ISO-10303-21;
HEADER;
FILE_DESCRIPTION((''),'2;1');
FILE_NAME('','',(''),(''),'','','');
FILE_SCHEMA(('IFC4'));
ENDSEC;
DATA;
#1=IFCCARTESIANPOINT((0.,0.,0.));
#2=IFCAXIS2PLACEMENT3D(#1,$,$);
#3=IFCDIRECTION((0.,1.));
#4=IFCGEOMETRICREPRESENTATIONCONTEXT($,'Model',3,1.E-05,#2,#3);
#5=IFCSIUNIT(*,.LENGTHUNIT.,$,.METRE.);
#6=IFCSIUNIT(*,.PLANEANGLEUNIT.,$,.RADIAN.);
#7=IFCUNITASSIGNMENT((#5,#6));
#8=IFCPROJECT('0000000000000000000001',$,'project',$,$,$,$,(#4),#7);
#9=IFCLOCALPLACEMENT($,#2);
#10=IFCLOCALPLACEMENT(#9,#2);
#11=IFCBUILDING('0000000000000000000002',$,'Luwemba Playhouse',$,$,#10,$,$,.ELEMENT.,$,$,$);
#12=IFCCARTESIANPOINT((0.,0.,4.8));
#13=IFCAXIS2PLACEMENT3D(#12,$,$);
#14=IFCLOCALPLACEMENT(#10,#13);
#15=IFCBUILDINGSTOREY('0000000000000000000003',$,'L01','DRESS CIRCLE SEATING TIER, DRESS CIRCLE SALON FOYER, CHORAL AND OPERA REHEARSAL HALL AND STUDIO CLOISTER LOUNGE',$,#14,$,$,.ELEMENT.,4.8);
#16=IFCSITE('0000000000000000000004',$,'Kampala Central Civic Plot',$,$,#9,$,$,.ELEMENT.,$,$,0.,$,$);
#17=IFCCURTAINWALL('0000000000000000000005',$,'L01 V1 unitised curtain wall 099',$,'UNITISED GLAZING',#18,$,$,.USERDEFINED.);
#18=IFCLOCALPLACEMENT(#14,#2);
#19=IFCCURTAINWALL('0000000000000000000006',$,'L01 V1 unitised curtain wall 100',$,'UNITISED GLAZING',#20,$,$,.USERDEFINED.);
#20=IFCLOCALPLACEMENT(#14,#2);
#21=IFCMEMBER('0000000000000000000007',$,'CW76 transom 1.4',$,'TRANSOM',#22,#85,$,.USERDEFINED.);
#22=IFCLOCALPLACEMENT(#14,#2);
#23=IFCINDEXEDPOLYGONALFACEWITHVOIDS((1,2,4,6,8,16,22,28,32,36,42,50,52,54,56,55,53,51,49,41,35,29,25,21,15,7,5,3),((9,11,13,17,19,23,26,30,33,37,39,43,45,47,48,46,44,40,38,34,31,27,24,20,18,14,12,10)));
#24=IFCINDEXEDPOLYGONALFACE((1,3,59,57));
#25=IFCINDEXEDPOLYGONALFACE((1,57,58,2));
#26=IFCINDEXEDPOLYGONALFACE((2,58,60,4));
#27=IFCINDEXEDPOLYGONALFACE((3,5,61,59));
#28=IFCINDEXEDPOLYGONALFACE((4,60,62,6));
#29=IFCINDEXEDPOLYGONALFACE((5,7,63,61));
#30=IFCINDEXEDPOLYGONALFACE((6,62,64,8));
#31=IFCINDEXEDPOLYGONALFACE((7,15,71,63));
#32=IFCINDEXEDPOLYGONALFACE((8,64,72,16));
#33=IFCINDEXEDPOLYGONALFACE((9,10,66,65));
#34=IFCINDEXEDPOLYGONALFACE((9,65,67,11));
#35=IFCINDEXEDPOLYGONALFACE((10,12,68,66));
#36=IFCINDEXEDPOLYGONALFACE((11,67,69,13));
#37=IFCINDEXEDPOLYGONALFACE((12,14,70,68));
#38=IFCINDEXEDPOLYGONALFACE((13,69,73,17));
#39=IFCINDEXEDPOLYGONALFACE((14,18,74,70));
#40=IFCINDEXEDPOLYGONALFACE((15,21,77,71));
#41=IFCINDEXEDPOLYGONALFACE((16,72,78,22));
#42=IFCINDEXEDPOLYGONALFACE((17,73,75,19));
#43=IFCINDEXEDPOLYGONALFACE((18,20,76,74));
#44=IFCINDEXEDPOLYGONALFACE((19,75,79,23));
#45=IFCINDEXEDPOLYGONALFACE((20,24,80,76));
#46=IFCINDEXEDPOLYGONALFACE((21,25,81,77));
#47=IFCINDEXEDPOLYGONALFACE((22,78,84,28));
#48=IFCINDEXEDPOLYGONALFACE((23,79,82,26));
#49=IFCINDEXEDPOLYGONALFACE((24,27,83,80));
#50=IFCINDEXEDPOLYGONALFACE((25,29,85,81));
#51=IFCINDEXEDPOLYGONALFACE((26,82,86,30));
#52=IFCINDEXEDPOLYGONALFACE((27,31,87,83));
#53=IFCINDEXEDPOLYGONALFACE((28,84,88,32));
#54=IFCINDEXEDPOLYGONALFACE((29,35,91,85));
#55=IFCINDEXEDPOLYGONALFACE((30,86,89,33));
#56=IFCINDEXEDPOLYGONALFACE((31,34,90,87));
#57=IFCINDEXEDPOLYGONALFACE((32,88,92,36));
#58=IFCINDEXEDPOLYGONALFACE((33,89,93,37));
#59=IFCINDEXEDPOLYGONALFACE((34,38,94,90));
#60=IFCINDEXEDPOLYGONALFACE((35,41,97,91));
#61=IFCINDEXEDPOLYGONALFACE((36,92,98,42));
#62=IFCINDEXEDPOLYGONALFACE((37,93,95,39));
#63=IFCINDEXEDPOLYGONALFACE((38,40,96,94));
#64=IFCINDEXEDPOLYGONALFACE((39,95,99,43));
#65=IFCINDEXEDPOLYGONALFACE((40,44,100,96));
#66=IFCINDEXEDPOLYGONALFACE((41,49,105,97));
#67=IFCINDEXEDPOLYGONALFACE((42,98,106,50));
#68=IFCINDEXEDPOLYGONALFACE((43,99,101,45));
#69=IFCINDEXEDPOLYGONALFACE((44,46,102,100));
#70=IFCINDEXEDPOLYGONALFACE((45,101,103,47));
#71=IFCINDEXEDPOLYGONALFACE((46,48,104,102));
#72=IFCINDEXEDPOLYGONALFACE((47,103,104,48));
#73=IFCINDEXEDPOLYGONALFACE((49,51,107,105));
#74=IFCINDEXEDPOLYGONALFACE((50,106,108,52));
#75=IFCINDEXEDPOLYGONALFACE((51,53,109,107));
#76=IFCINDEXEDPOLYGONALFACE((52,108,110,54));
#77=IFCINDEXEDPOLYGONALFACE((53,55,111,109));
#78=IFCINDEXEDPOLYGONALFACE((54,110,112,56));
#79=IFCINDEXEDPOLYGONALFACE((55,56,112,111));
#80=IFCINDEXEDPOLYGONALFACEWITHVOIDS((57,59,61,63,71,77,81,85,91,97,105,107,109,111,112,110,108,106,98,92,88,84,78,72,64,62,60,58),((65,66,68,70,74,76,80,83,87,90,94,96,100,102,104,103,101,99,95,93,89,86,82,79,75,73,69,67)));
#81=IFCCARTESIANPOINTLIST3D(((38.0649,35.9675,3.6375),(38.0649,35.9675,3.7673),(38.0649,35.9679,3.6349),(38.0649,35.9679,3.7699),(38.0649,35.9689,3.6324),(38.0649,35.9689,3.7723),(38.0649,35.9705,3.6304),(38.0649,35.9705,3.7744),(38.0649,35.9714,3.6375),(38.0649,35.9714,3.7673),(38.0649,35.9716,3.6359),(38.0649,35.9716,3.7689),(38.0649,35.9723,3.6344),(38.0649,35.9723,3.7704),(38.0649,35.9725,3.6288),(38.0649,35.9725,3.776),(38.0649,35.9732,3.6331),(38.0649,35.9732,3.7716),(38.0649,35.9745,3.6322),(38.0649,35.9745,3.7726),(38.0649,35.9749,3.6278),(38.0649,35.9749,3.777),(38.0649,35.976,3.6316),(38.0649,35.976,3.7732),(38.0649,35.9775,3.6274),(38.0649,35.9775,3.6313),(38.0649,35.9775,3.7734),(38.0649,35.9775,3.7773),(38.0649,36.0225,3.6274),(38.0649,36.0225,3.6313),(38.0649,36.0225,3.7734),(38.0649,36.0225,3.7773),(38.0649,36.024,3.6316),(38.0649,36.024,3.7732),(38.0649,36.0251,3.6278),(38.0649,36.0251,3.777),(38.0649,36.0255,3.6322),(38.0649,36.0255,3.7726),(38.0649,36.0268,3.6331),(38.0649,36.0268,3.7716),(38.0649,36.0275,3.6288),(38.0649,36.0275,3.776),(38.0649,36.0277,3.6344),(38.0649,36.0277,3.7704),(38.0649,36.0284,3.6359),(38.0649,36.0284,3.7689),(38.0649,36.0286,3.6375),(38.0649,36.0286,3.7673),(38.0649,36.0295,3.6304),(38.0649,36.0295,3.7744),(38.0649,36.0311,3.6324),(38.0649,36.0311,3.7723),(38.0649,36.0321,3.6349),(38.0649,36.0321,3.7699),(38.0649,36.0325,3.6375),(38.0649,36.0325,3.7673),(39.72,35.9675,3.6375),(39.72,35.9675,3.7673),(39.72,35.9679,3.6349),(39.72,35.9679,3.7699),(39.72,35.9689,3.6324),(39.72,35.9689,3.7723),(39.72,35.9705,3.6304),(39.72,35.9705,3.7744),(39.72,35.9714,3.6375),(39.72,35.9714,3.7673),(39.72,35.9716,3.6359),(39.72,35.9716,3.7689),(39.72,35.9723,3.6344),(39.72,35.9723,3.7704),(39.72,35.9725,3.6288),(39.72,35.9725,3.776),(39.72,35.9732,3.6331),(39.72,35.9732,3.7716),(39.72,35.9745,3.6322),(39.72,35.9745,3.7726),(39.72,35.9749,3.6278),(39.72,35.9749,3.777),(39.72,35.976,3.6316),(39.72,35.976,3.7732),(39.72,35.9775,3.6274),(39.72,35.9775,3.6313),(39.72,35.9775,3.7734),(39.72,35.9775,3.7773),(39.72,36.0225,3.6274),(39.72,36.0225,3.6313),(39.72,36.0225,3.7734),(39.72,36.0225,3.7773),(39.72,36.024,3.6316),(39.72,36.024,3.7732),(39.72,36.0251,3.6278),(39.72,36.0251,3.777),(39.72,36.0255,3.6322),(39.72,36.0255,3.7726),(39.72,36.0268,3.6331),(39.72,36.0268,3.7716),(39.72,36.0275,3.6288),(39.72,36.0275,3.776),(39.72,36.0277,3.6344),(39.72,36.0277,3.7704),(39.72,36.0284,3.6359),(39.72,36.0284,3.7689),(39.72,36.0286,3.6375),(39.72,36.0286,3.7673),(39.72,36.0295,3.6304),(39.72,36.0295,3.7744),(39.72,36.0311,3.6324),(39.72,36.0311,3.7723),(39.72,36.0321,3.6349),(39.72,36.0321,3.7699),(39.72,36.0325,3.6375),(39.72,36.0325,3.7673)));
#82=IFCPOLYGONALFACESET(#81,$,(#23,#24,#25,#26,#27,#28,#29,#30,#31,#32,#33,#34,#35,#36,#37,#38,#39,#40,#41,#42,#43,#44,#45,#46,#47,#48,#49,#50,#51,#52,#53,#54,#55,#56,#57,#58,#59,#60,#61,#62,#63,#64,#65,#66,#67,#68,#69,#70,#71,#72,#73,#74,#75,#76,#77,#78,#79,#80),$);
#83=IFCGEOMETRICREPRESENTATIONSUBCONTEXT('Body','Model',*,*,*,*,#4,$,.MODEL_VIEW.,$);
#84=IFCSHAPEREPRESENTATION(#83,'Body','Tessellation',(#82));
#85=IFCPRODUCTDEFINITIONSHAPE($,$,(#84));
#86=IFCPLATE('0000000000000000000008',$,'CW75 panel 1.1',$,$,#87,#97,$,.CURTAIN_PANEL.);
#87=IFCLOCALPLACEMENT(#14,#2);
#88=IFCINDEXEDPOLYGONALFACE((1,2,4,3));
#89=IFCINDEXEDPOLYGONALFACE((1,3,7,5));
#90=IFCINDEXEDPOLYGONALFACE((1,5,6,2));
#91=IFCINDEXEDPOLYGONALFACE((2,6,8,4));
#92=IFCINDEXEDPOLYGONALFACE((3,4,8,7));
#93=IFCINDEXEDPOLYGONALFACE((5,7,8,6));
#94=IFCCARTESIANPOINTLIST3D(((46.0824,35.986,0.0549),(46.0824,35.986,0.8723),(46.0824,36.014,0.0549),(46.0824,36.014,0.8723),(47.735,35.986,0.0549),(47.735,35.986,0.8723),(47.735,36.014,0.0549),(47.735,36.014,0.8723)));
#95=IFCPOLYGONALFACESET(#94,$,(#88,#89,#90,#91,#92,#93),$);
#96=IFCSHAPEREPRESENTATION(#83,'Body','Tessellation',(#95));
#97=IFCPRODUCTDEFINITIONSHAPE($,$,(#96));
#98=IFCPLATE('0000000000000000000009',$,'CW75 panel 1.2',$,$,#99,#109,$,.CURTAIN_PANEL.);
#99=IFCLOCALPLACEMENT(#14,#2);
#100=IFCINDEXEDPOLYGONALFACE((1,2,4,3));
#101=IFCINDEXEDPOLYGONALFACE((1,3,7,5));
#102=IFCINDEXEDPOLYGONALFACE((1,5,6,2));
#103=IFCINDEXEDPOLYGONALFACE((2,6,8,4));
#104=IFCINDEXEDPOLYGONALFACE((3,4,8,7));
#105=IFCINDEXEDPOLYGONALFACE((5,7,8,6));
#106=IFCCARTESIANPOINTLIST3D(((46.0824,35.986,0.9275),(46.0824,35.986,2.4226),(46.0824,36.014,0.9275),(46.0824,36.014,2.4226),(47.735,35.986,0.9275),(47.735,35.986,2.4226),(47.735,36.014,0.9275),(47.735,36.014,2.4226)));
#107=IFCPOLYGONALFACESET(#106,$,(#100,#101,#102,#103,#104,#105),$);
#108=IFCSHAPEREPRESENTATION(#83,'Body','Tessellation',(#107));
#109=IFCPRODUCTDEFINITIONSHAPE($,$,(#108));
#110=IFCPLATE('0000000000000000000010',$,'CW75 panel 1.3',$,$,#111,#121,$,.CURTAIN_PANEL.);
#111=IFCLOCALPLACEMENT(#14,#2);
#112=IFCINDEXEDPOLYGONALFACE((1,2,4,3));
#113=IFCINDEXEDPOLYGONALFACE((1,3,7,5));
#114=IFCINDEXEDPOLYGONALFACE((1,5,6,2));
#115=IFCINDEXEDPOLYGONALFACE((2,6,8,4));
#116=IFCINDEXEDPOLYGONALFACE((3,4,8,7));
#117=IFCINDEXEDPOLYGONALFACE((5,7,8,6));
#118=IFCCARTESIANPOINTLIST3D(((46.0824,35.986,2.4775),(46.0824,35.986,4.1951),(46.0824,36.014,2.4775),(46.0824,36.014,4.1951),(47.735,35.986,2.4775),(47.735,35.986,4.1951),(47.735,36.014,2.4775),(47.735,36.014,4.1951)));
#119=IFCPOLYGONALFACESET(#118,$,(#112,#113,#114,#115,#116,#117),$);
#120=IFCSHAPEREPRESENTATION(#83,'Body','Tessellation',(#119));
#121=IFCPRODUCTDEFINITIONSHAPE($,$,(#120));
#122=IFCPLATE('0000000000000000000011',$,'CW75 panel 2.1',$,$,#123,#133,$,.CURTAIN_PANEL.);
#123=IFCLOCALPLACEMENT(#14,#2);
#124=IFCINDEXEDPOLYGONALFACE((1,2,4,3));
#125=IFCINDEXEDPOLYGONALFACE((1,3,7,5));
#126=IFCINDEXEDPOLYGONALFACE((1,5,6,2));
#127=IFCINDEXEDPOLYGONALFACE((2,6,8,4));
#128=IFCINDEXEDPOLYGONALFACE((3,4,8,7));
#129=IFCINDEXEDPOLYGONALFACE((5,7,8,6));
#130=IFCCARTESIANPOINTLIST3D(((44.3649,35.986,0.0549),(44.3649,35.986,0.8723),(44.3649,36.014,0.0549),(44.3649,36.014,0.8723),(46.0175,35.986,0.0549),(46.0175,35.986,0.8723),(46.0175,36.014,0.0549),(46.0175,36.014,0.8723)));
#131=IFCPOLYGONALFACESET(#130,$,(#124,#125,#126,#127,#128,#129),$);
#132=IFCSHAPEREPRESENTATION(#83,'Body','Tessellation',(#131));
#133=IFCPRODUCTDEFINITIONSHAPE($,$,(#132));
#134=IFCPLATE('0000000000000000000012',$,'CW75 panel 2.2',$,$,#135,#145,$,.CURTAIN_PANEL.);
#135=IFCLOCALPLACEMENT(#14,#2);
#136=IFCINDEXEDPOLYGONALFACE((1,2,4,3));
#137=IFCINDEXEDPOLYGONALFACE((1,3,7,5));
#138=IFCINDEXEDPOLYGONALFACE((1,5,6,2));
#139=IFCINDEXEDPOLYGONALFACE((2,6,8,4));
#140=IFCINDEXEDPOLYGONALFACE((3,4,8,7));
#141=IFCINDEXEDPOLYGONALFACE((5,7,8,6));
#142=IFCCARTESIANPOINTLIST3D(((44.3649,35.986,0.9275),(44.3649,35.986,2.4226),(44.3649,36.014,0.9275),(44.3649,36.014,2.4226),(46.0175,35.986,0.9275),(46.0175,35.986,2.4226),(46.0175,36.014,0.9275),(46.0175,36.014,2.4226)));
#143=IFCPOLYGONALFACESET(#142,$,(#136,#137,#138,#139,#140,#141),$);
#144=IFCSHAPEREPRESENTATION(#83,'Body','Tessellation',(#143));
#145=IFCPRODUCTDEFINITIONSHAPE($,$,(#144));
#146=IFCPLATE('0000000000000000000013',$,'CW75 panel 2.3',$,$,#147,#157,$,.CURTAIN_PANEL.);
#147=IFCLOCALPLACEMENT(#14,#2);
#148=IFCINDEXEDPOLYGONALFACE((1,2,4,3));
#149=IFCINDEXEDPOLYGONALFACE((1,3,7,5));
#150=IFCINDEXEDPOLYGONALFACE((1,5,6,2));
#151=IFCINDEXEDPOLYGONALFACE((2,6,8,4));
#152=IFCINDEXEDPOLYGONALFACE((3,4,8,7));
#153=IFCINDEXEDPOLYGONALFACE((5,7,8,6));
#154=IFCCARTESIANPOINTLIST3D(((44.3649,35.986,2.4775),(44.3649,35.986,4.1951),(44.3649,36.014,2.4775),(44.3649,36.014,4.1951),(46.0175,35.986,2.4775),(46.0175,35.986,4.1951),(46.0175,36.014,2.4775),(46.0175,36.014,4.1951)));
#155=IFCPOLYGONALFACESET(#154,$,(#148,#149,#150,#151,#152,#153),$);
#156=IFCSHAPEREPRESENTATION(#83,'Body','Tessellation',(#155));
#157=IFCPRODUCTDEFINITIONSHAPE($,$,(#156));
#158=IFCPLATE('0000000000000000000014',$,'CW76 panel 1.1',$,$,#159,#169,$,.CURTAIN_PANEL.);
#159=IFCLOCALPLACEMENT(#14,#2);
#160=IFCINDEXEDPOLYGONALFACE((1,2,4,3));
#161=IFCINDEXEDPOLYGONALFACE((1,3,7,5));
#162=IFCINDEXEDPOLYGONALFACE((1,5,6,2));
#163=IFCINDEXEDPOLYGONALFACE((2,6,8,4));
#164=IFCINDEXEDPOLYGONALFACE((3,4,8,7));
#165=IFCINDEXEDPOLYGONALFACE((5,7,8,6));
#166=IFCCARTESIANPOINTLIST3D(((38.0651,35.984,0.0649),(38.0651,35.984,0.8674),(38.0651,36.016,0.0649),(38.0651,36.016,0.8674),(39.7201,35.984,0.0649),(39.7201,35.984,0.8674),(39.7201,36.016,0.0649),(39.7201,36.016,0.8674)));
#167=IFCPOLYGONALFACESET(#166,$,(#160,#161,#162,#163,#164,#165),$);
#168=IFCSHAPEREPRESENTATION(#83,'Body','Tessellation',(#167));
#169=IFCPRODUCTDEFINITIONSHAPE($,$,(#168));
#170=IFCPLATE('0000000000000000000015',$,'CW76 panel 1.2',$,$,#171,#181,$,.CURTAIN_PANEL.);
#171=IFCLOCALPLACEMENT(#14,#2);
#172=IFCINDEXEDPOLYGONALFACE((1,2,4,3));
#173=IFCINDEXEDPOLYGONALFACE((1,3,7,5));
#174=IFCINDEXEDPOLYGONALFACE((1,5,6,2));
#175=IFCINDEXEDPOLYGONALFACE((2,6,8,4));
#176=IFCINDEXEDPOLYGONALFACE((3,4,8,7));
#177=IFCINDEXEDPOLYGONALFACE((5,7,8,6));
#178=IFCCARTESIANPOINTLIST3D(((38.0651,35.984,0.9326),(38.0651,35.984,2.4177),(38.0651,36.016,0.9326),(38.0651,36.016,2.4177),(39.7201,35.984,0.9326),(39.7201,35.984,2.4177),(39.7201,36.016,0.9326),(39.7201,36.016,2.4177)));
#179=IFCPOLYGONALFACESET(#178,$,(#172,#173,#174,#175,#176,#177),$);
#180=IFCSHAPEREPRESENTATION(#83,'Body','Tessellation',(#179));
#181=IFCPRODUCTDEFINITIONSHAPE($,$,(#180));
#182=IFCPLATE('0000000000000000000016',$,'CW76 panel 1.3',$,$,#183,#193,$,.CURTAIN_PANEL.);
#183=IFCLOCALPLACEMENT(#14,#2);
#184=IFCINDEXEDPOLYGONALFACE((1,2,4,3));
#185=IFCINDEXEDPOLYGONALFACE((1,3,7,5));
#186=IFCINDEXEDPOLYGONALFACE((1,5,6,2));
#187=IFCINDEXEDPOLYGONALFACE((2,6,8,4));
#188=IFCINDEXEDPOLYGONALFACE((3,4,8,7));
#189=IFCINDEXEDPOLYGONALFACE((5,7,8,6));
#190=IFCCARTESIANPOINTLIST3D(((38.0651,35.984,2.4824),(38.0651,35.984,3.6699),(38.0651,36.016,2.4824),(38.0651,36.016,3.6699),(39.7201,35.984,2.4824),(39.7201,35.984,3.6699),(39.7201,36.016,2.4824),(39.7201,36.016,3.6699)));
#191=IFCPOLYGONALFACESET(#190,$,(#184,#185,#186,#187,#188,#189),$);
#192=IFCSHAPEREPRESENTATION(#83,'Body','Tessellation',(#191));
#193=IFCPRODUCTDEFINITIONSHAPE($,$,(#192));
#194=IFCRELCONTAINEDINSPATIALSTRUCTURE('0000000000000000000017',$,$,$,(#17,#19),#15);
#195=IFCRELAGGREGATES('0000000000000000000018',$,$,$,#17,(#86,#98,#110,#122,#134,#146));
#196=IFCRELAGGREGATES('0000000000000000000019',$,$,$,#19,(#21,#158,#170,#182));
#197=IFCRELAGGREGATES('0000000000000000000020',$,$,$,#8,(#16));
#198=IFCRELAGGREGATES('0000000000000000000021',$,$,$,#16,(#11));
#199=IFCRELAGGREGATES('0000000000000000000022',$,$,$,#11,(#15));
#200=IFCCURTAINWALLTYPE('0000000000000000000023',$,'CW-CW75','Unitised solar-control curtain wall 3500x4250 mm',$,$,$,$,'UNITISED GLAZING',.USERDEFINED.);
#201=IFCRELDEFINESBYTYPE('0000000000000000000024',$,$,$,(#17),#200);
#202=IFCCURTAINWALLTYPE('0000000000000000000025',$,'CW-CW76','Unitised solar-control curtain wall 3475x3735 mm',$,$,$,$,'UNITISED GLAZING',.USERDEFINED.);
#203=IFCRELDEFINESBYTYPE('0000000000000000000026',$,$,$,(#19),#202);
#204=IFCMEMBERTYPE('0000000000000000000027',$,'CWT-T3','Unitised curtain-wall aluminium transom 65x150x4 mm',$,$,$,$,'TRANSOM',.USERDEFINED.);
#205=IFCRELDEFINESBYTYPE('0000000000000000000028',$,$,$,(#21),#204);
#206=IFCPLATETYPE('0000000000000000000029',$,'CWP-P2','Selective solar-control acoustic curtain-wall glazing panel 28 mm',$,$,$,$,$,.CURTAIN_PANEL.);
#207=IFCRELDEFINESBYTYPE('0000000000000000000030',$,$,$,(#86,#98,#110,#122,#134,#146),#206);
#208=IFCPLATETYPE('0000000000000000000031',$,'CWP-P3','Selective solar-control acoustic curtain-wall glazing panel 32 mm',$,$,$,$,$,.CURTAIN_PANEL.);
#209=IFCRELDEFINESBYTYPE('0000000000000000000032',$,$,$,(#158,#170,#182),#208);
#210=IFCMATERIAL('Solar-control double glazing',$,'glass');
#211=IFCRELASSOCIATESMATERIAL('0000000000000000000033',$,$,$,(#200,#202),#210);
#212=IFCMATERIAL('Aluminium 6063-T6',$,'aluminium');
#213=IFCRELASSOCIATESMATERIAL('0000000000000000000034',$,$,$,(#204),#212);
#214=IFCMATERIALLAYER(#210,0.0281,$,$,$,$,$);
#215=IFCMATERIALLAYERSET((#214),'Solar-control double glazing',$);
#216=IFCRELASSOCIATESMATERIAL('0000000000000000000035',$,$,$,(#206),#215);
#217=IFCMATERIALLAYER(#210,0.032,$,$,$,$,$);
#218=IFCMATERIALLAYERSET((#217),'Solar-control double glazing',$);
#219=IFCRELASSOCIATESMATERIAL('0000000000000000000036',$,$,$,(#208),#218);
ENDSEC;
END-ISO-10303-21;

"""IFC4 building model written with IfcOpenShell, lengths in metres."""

from ifc_helpers import new_model, si_unit, direction, frame, origin, origin_2d, place, context, subcontext, project, spatial, rectangle, hollow_rectangle, extrude, material, layer, layer_set, material_profile, profile_set, type_object, element, aggregate, save


model = new_model("IFC4")

# Units and contexts
model_context = context("Model", 3, precision=1e-05, world=origin(), true_north=direction((0.0, 1.0)))
body_context = subcontext(model_context, "Body", "Model", "MODEL_VIEW")
ifc_project = project(units=[si_unit("LENGTHUNIT", "METRE"), si_unit("PLANEANGLEUNIT", "RADIAN")], contexts=[model_context])

# Site, building, storey
site_placement = place(None, origin())
site = spatial("IfcSite", under=ifc_project, at=site_placement, Name="Kampala Central Civic Plot", CompositionType="ELEMENT", RefElevation=0.0)
building_placement = place(site_placement, origin())
building = spatial("IfcBuilding", under=site, at=building_placement, Name="Luwemba Playhouse", CompositionType="ELEMENT")
storey_placement = place(building_placement, frame((0.0, 0.0, 4.8)))
storey = spatial("IfcBuildingStorey", under=building, at=storey_placement, Name="L01", Description="DRESS CIRCLE SEATING TIER, DRESS CIRCLE SALON FOYER, CHORAL AND OPERA REHEARSAL HALL AND STUDIO CLOISTER LOUNGE", CompositionType="ELEMENT", Elevation=4.8)

# Curtain wall
ifc_material_1 = material(Name="Solar-control double glazing", Category="glass")
curtain_wall_type_1 = type_object("IfcCurtainWallType", Name="CW-CW75", Description="Unitised solar-control curtain wall 3500x4250 mm", ElementType="UNITISED GLAZING", PredefinedType="USERDEFINED", material=ifc_material_1)
curtain_wall_1_placement = place(storey_placement, origin())
curtain_wall_1 = element("IfcCurtainWall", 1, at=curtain_wall_1_placement, inside=storey, type_object=curtain_wall_type_1, Name="L01 V1 unitised curtain wall 099", ObjectType="UNITISED GLAZING", PredefinedType="USERDEFINED")
ifc_material_2 = material(Name="Aluminium 6063-T6", Category="aluminium")

# Curtain wall
curtain_wall_type_2 = type_object("IfcCurtainWallType", Name="CW-CW76", Description="Unitised solar-control curtain wall 3475x3735 mm", ElementType="UNITISED GLAZING", PredefinedType="USERDEFINED", material=ifc_material_1)
curtain_wall_2_placement = place(storey_placement, origin())
curtain_wall_2 = element("IfcCurtainWall", 2, at=curtain_wall_2_placement, inside=storey, type_object=curtain_wall_type_2, Name="L01 V1 unitised curtain wall 100", ObjectType="UNITISED GLAZING", PredefinedType="USERDEFINED")

# Member
ifc_material_profile_1 = material_profile(ifc_material_2, hollow_rectangle(XDim=0.0649, YDim=0.1499, WallThickness=0.0039, InnerFilletRadius=0.0061, OuterFilletRadius=0.01, at=origin_2d()))
ifc_profile_set_1 = profile_set([ifc_material_profile_1], Name="Aluminium 6063-T6")
member_type_1 = type_object("IfcMemberType", Name="CWT-T3", Description="Unitised curtain-wall aluminium transom 65x150x4 mm", ElementType="TRANSOM", PredefinedType="USERDEFINED", material=ifc_profile_set_1)
member_1_placement = place(storey_placement, frame((39.72, 36.0, 3.7024), z_axis=(-1.0, 0.0, 0.0), x_axis=(0.0, -1.0, 0.0)))
member_1 = element("IfcMember", 3, at=member_1_placement, type_object=member_type_1, Name="CW76 transom 1.4", ObjectType="TRANSOM", PredefinedType="USERDEFINED", context=body_context, shape_type="SweptSolid", body=[
    extrude(hollow_rectangle(XDim=0.0649, YDim=0.1499, WallThickness=0.0039, InnerFilletRadius=0.0061, OuterFilletRadius=0.01, at=origin_2d()), origin(), (0.0, 0.0, 1.0), 1.655),
])

# Plates
ifc_layer_1 = layer(ifc_material_1, 0.0281)
ifc_layer_set_1 = layer_set([ifc_layer_1], Name="Solar-control double glazing")
plate_type_1 = type_object("IfcPlateType", Name="CWP-P2", Description="Selective solar-control acoustic curtain-wall glazing panel 28 mm", PredefinedType="CURTAIN_PANEL", material=ifc_layer_set_1)
plate_1_placement = place(storey_placement, frame((46.9087, 36.0, 0.0549), z_axis=(0.0, 0.0, 1.0), x_axis=(-1.0, 0.0, 0.0)))
plate_1 = element("IfcPlate", 4, at=plate_1_placement, type_object=plate_type_1, Name="CW75 panel 1.1", PredefinedType="CURTAIN_PANEL", context=body_context, shape_type="SweptSolid", body=[
    extrude(rectangle(XDim=1.6526, YDim=0.0281, at=origin_2d()), origin(), (0.0, 0.0, 1.0), 0.8174),
])
plate_2_placement = place(storey_placement, frame((46.9087, 36.0, 0.9275), z_axis=(0.0, 0.0, 1.0), x_axis=(-1.0, 0.0, 0.0)))
plate_2 = element("IfcPlate", 5, at=plate_2_placement, type_object=plate_type_1, Name="CW75 panel 1.2", PredefinedType="CURTAIN_PANEL", context=body_context, shape_type="SweptSolid", body=[
    extrude(rectangle(XDim=1.6526, YDim=0.0281, at=origin_2d()), origin(), (0.0, 0.0, 1.0), 1.4951),
])
plate_3_placement = place(storey_placement, frame((46.9087, 36.0, 2.4775), z_axis=(0.0, 0.0, 1.0), x_axis=(-1.0, 0.0, 0.0)))
plate_3 = element("IfcPlate", 6, at=plate_3_placement, type_object=plate_type_1, Name="CW75 panel 1.3", PredefinedType="CURTAIN_PANEL", context=body_context, shape_type="SweptSolid", body=[
    extrude(rectangle(XDim=1.6526, YDim=0.0281, at=origin_2d()), origin(), (0.0, 0.0, 1.0), 1.7175),
])
plate_4_placement = place(storey_placement, frame((45.1912, 36.0, 0.0549), z_axis=(0.0, 0.0, 1.0), x_axis=(-1.0, 0.0, 0.0)))
plate_4 = element("IfcPlate", 7, at=plate_4_placement, type_object=plate_type_1, Name="CW75 panel 2.1", PredefinedType="CURTAIN_PANEL", context=body_context, shape_type="SweptSolid", body=[
    extrude(rectangle(XDim=1.6526, YDim=0.0281, at=origin_2d()), origin(), (0.0, 0.0, 1.0), 0.8174),
])
plate_5_placement = place(storey_placement, frame((45.1912, 36.0, 0.9275), z_axis=(0.0, 0.0, 1.0), x_axis=(-1.0, 0.0, 0.0)))
plate_5 = element("IfcPlate", 8, at=plate_5_placement, type_object=plate_type_1, Name="CW75 panel 2.2", PredefinedType="CURTAIN_PANEL", context=body_context, shape_type="SweptSolid", body=[
    extrude(rectangle(XDim=1.6526, YDim=0.0281, at=origin_2d()), origin(), (0.0, 0.0, 1.0), 1.4951),
])
plate_6_placement = place(storey_placement, frame((45.1912, 36.0, 2.4775), z_axis=(0.0, 0.0, 1.0), x_axis=(-1.0, 0.0, 0.0)))
plate_6 = element("IfcPlate", 9, at=plate_6_placement, type_object=plate_type_1, Name="CW75 panel 2.3", PredefinedType="CURTAIN_PANEL", context=body_context, shape_type="SweptSolid", body=[
    extrude(rectangle(XDim=1.6526, YDim=0.0281, at=origin_2d()), origin(), (0.0, 0.0, 1.0), 1.7175),
])
aggregate(curtain_wall_1, [plate_1, plate_2, plate_3, plate_4, plate_5, plate_6])
ifc_layer_2 = layer(ifc_material_1, 0.032)
ifc_layer_set_2 = layer_set([ifc_layer_2], Name="Solar-control double glazing")
plate_type_2 = type_object("IfcPlateType", Name="CWP-P3", Description="Selective solar-control acoustic curtain-wall glazing panel 32 mm", PredefinedType="CURTAIN_PANEL", material=ifc_layer_set_2)
plate_7_placement = place(storey_placement, frame((38.8926, 36.0, 0.0649), z_axis=(0.0, 0.0, 1.0), x_axis=(-1.0, 0.0, 0.0)))
plate_7 = element("IfcPlate", 10, at=plate_7_placement, type_object=plate_type_2, Name="CW76 panel 1.1", PredefinedType="CURTAIN_PANEL", context=body_context, shape_type="SweptSolid", body=[
    extrude(rectangle(XDim=1.655, YDim=0.032, at=origin_2d()), origin(), (0.0, 0.0, 1.0), 0.8025),
])
plate_8_placement = place(storey_placement, frame((38.8926, 36.0, 0.9326), z_axis=(0.0, 0.0, 1.0), x_axis=(-1.0, 0.0, 0.0)))
plate_8 = element("IfcPlate", 11, at=plate_8_placement, type_object=plate_type_2, Name="CW76 panel 1.2", PredefinedType="CURTAIN_PANEL", context=body_context, shape_type="SweptSolid", body=[
    extrude(rectangle(XDim=1.655, YDim=0.032, at=origin_2d()), origin(), (0.0, 0.0, 1.0), 1.4851),
])
plate_9_placement = place(storey_placement, frame((38.8926, 36.0, 2.4824), z_axis=(0.0, 0.0, 1.0), x_axis=(-1.0, 0.0, 0.0)))
plate_9 = element("IfcPlate", 12, at=plate_9_placement, type_object=plate_type_2, Name="CW76 panel 1.3", PredefinedType="CURTAIN_PANEL", context=body_context, shape_type="SweptSolid", body=[
    extrude(rectangle(XDim=1.655, YDim=0.032, at=origin_2d()), origin(), (0.0, 0.0, 1.0), 1.1875),
])
aggregate(curtain_wall_2, [member_1, plate_7, plate_8, plate_9])

save(model, "model.ifc")
